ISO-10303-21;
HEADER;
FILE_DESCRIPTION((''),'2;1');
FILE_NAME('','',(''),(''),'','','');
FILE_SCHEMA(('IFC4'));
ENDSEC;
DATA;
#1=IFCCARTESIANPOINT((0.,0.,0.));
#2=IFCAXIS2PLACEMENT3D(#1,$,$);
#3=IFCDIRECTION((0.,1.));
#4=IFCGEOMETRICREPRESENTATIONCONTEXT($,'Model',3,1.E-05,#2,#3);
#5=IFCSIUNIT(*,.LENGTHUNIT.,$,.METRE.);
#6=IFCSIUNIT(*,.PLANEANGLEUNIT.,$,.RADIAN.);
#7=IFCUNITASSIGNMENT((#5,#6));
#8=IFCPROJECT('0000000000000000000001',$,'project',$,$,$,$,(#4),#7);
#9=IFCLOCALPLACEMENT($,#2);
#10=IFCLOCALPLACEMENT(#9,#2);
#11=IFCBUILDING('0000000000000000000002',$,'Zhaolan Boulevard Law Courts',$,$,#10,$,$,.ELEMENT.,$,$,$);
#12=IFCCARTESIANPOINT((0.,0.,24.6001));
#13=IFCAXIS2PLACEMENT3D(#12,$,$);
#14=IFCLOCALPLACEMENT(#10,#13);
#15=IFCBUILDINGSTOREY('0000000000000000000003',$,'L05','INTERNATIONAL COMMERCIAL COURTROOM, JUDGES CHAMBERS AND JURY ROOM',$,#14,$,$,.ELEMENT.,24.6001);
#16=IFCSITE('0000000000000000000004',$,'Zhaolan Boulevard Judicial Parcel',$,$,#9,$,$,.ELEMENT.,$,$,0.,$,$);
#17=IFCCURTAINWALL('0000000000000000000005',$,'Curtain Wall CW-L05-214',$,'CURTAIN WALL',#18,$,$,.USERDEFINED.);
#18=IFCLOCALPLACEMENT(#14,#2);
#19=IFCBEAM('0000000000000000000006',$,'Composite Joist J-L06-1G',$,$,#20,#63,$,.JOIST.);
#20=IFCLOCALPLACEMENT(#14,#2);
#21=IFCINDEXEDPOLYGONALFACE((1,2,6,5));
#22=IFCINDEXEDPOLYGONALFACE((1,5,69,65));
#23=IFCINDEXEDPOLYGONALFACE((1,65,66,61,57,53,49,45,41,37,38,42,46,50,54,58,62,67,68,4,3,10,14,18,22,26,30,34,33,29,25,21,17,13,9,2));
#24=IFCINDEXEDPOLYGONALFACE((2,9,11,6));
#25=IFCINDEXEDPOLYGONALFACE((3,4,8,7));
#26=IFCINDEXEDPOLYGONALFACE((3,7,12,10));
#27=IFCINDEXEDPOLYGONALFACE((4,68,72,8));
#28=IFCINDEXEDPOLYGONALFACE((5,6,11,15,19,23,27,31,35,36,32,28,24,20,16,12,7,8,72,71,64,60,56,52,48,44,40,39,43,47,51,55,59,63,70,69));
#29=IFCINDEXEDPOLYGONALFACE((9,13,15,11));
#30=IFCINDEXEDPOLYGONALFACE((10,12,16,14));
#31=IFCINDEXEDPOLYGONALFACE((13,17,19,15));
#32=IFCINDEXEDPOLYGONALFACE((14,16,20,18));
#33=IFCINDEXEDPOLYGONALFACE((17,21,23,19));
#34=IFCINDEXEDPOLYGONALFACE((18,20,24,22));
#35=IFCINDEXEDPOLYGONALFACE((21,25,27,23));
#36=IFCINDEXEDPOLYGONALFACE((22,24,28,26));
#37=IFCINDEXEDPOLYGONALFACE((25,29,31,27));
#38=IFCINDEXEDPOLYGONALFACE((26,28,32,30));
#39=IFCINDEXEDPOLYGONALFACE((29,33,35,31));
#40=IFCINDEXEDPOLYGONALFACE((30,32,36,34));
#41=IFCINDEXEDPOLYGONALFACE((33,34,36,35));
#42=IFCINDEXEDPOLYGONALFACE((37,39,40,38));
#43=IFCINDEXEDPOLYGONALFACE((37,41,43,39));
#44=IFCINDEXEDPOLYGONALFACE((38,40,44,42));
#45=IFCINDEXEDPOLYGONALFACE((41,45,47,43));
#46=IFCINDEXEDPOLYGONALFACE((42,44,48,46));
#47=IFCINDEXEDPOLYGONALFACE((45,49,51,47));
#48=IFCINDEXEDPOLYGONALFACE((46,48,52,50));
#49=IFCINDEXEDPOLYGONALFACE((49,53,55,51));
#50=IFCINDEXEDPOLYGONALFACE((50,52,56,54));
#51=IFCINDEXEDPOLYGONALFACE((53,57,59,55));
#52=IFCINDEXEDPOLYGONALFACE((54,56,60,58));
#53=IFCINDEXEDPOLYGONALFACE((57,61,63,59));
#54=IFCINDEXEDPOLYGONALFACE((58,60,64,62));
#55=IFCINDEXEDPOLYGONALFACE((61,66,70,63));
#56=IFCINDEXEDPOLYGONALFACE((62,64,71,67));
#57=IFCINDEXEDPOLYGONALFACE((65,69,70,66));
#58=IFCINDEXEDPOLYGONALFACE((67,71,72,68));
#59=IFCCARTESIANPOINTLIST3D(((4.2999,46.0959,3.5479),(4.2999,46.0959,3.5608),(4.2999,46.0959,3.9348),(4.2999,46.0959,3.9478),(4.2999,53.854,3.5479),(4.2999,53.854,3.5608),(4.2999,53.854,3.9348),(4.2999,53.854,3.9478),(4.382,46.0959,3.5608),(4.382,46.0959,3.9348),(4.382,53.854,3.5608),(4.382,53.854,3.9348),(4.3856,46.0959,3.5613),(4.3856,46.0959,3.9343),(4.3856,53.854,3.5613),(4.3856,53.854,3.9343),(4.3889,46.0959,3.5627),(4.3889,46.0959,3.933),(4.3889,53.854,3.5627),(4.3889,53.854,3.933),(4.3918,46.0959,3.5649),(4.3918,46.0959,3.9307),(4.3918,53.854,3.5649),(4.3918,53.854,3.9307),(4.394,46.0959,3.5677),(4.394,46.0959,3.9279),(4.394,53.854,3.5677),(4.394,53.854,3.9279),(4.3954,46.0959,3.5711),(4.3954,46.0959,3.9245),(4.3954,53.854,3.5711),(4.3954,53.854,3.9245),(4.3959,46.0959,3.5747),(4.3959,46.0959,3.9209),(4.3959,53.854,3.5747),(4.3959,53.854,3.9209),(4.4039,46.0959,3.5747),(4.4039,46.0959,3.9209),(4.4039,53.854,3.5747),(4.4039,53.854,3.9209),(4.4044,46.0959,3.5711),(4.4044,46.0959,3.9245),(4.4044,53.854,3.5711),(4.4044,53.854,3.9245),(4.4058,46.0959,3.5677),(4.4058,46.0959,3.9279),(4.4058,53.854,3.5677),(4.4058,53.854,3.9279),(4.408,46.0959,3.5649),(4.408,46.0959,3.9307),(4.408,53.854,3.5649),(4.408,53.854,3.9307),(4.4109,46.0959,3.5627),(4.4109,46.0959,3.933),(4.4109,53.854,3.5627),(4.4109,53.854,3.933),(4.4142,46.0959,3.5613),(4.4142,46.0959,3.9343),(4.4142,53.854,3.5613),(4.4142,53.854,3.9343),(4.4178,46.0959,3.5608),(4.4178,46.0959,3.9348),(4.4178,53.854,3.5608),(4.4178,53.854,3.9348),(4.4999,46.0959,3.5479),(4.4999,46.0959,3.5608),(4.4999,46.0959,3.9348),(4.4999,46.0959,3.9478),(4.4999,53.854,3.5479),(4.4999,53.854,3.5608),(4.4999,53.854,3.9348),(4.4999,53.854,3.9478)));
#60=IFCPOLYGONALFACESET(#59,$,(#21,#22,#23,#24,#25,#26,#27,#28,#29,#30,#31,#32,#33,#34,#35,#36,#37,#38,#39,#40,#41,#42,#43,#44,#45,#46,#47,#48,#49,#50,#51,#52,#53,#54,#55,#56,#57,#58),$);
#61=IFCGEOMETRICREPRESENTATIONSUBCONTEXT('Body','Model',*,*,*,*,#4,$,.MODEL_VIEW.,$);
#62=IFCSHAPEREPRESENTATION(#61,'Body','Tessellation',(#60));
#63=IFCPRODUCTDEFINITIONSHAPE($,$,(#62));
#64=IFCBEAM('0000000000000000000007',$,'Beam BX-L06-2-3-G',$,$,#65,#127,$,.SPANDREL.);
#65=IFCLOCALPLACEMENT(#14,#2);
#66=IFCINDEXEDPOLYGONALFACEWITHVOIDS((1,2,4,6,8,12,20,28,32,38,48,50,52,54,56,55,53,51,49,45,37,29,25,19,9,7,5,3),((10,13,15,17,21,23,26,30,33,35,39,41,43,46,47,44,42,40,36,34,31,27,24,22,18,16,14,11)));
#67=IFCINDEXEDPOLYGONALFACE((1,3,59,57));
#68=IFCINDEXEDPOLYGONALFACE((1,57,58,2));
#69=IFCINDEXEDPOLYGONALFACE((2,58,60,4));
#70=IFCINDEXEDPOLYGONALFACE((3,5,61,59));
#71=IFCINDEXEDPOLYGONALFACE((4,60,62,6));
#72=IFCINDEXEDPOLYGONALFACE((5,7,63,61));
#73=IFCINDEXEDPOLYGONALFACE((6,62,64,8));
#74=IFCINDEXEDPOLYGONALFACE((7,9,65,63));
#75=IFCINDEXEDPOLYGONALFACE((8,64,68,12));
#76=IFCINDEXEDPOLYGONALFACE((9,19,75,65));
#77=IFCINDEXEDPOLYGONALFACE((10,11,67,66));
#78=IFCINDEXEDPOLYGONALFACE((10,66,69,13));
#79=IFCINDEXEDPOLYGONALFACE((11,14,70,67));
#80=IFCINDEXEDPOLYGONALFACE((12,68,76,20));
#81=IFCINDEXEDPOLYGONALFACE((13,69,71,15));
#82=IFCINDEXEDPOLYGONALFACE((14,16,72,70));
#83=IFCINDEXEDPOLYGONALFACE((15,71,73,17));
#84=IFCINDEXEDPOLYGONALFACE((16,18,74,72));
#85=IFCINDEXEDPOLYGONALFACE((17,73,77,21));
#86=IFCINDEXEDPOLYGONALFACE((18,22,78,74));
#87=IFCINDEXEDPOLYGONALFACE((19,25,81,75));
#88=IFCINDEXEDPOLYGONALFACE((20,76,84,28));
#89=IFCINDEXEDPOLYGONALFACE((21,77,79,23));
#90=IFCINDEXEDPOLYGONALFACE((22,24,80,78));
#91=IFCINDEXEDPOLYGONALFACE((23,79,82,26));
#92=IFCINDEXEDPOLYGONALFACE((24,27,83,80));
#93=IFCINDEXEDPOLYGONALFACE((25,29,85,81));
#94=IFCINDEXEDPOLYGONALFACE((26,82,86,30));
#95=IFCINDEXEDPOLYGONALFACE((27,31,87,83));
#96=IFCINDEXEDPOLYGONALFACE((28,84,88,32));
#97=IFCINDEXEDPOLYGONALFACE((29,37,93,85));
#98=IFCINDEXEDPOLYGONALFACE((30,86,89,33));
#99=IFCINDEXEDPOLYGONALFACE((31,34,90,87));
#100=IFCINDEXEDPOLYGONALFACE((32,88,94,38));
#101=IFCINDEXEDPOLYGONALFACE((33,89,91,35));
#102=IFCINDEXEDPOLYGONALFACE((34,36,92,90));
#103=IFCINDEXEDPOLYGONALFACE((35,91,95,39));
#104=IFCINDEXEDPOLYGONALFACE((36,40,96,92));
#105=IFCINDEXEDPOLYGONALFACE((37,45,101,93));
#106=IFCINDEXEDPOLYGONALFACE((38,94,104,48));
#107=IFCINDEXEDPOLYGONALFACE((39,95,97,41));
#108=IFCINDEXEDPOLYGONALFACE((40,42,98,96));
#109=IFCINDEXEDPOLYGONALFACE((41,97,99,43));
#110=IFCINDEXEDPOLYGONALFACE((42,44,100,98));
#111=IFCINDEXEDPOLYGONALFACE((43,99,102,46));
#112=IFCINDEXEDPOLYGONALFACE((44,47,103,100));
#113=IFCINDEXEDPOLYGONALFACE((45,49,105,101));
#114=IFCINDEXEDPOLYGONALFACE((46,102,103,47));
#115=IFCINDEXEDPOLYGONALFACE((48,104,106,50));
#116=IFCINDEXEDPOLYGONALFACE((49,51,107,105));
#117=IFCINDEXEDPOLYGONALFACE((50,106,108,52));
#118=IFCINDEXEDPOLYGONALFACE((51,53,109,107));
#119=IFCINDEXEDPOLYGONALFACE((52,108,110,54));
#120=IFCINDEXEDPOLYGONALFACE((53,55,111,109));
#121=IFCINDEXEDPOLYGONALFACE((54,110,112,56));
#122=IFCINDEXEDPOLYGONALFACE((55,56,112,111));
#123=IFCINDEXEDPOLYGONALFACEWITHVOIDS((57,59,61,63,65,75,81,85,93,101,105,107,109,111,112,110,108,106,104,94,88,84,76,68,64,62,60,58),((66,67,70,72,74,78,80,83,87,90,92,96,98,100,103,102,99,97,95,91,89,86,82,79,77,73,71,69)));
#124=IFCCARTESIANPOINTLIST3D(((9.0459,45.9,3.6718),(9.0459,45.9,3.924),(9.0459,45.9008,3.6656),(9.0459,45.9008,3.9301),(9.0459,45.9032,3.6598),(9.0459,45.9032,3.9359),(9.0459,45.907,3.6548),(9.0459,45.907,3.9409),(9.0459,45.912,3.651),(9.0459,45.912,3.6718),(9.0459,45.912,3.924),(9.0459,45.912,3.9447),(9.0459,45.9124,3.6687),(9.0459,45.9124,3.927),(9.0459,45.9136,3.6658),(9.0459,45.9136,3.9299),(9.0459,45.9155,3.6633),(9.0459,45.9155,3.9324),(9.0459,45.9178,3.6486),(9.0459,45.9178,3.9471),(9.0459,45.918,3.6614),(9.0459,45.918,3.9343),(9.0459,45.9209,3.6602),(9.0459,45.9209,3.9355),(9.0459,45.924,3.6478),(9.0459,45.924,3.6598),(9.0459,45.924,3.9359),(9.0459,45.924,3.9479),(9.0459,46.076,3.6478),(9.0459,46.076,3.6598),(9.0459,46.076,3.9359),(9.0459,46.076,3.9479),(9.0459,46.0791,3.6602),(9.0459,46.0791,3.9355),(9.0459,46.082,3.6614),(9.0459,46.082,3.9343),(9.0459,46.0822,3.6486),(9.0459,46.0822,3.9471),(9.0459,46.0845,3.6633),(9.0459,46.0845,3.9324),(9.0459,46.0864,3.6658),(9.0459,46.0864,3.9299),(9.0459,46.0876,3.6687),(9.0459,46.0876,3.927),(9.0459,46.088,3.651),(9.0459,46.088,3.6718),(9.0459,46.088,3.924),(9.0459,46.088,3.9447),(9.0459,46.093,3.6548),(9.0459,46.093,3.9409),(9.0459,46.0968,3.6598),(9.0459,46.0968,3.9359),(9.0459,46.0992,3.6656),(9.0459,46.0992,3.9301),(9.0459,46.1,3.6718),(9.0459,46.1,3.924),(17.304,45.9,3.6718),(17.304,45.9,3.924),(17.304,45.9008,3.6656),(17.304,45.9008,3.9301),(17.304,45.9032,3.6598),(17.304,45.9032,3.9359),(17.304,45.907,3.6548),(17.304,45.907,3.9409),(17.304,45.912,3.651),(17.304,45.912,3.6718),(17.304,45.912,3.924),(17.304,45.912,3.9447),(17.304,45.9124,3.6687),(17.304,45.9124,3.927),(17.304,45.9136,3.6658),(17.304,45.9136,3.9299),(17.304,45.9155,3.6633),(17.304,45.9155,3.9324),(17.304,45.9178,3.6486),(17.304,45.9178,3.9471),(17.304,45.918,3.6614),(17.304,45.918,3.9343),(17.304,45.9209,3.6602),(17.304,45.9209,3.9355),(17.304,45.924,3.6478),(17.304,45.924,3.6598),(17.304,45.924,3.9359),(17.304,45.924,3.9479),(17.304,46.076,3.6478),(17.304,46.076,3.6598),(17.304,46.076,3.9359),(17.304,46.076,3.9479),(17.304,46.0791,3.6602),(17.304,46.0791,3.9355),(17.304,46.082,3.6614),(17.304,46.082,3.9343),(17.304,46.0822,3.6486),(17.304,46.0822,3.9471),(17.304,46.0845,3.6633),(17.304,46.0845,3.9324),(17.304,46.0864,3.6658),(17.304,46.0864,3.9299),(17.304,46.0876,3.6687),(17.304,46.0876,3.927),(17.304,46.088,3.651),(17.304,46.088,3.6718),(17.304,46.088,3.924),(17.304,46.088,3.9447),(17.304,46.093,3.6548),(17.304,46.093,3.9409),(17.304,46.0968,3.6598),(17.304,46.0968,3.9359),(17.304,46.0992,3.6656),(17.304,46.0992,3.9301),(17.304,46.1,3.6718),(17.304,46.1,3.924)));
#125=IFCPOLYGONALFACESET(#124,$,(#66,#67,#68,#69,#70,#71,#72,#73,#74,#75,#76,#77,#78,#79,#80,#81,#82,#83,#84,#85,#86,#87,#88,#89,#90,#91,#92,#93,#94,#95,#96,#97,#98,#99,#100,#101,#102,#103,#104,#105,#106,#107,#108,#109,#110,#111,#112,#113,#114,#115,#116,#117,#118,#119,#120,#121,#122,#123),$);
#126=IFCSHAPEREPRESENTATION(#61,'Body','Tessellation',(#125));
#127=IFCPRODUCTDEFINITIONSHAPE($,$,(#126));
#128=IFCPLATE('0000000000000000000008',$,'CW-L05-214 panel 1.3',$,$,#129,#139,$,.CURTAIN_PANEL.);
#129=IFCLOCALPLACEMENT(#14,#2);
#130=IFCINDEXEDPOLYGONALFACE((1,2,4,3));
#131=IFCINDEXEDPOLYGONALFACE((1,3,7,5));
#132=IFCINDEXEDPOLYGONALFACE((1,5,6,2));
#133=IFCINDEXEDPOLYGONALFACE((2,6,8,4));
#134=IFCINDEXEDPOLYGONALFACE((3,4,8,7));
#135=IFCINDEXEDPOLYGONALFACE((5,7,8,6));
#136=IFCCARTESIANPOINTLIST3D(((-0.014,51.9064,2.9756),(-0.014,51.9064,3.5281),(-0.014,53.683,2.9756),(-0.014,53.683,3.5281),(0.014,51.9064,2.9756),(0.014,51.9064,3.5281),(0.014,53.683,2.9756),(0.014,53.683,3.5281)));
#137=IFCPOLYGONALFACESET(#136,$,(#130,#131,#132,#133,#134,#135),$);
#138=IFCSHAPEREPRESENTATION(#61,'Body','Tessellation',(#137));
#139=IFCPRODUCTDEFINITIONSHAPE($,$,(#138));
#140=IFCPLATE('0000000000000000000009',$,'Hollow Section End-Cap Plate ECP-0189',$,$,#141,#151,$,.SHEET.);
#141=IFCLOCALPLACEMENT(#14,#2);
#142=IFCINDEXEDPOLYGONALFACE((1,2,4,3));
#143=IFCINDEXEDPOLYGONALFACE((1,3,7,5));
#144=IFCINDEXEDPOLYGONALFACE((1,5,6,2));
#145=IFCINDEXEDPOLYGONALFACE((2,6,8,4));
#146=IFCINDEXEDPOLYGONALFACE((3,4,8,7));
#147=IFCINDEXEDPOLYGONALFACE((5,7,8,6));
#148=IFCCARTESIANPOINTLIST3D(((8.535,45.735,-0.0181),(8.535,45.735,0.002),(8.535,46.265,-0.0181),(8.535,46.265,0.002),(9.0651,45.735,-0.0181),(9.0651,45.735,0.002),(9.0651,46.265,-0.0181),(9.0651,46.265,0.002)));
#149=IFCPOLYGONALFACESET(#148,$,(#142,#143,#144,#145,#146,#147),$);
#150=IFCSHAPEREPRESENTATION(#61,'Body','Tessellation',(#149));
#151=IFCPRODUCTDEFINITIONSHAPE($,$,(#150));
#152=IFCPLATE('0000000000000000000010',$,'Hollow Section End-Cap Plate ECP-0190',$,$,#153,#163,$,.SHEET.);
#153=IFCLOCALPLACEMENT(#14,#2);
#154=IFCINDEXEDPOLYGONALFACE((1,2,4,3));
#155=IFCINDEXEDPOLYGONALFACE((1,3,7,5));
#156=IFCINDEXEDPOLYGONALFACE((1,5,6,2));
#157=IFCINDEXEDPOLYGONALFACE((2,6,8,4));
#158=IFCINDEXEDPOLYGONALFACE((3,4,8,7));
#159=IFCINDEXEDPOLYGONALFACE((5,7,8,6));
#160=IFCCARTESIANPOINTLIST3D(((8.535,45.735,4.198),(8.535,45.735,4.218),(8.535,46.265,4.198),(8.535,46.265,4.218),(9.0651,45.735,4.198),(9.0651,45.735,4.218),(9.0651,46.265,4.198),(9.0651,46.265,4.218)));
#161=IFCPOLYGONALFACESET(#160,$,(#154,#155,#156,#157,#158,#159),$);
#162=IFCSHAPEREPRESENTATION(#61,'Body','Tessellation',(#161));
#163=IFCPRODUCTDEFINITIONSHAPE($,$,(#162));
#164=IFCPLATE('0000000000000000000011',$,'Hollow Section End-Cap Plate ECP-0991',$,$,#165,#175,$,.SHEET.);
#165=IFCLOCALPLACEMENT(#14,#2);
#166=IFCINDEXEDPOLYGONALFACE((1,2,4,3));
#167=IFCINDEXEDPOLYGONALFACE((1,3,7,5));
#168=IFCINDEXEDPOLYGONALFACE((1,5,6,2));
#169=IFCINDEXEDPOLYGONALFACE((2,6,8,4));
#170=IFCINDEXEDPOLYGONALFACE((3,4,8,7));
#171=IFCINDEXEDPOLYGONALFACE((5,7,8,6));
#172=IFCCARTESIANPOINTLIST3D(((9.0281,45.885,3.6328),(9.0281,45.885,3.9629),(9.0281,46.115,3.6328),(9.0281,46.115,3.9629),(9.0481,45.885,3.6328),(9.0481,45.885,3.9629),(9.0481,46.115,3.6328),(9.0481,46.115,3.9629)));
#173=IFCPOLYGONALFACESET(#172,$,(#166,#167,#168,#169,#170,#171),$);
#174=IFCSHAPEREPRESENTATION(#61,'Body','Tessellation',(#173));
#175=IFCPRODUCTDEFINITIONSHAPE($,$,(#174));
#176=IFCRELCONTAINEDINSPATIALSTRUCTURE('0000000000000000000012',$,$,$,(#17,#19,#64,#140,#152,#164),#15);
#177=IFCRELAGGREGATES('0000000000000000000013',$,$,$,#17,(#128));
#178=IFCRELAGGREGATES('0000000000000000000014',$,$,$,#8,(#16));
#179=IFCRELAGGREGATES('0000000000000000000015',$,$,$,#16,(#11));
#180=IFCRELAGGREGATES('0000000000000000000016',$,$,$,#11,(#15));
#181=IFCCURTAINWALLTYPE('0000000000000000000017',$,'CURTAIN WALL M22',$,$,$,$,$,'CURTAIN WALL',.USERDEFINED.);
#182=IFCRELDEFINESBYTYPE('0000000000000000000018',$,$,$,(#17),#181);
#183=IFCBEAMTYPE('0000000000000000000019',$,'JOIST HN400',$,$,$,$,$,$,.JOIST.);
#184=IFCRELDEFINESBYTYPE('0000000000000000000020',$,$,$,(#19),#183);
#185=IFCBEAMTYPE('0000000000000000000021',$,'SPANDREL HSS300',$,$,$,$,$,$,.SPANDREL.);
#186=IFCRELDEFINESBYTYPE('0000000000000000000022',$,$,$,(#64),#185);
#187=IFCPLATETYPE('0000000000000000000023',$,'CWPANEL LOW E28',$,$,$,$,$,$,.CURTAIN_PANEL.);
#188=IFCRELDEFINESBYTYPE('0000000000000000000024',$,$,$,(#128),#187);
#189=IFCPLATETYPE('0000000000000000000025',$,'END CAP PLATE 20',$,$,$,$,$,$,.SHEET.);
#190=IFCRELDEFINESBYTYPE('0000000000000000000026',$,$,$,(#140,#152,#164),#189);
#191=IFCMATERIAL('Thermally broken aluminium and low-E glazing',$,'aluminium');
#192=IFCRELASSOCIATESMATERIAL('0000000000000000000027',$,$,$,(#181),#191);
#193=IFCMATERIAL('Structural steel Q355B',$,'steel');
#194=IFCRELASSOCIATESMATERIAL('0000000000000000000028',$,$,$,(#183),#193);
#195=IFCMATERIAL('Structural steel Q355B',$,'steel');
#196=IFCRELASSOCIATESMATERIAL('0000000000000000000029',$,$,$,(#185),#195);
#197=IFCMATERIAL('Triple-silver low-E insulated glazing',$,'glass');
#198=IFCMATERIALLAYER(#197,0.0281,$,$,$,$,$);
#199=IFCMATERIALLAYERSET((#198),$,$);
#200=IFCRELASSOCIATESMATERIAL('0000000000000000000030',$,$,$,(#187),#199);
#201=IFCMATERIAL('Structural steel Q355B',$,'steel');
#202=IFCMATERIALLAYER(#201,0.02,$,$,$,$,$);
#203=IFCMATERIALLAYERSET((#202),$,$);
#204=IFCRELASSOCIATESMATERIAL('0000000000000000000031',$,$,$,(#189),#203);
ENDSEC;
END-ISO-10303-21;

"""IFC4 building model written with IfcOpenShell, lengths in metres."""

from ifc_helpers import new_model, si_unit, direction, frame, origin, origin_2d, place, context, subcontext, project, spatial, rectangle, hollow_rectangle, i_section, extrude, material, layer, layer_set, material_profile, profile_set, type_object, element, aggregate, save


model = new_model("IFC4")

# Units and contexts
model_context = context("Model", 3, precision=1e-05, world=origin(), true_north=direction((0.0, 1.0)))
body_context = subcontext(model_context, "Body", "Model", "MODEL_VIEW")
ifc_project = project(units=[si_unit("LENGTHUNIT", "METRE"), si_unit("PLANEANGLEUNIT", "RADIAN")], contexts=[model_context])

# Site, building, storey
site_placement = place(None, origin())
site = spatial("IfcSite", under=ifc_project, at=site_placement, Name="Zhaolan Boulevard Judicial Parcel", CompositionType="ELEMENT", RefElevation=0.0)
building_placement = place(site_placement, origin())
building = spatial("IfcBuilding", under=site, at=building_placement, Name="Zhaolan Boulevard Law Courts", CompositionType="ELEMENT")
storey_placement = place(building_placement, frame((0.0, 0.0, 24.6001)))
storey = spatial("IfcBuildingStorey", under=building, at=storey_placement, Name="L05", Description="INTERNATIONAL COMMERCIAL COURTROOM, JUDGES CHAMBERS AND JURY ROOM", CompositionType="ELEMENT", Elevation=24.6001)

# Curtain wall
ifc_material_1 = material(Name="Thermally broken aluminium and low-E glazing", Category="aluminium")
curtain_wall_type = type_object("IfcCurtainWallType", Name="CURTAIN WALL M22", ElementType="CURTAIN WALL", PredefinedType="USERDEFINED", material=ifc_material_1)
curtain_wall_placement = place(storey_placement, origin())
curtain_wall = element("IfcCurtainWall", 1, at=curtain_wall_placement, inside=storey, type_object=curtain_wall_type, Name="Curtain Wall CW-L05-214", ObjectType="CURTAIN WALL", PredefinedType="USERDEFINED")

# Beams
ifc_material_2 = material(Name="Structural steel Q355B", Category="steel")
ifc_material_profile_1 = material_profile(ifc_material_2, i_section(OverallWidth=0.2, OverallDepth=0.3999, WebThickness=0.0081, FlangeThickness=0.0129, FilletRadius=0.0139, at=origin_2d()), Name="HN400x200")
ifc_profile_set_1 = profile_set([ifc_material_profile_1], Name="Structural steel Q355B")
beam_type_1 = type_object("IfcBeamType", Name="JOIST HN400", PredefinedType="JOIST", material=ifc_profile_set_1)
beam_1_placement = place(storey_placement, frame((4.3999, 46.0959, 3.7478), z_axis=(0.0, 1.0, 0.0), x_axis=(-1.0, 0.0, 0.0)))
element("IfcBeam", 2, at=beam_1_placement, inside=storey, type_object=beam_type_1, Name="Composite Joist J-L06-1G", PredefinedType="JOIST", context=body_context, shape_type="SweptSolid", body=[
    extrude(i_section(OverallWidth=0.2, OverallDepth=0.3999, WebThickness=0.0081, FlangeThickness=0.0129, FilletRadius=0.0139, at=origin_2d()), origin(), (0.0, 0.0, 1.0), 7.7581),
])
ifc_material_3 = material(Name="Structural steel Q355B", Category="steel")
ifc_material_profile_2 = material_profile(ifc_material_3, hollow_rectangle(XDim=0.2, YDim=0.3, WallThickness=0.012, InnerFilletRadius=0.012, OuterFilletRadius=0.0239, at=origin_2d()), Name="HSS300x200x12")
ifc_profile_set_2 = profile_set([ifc_material_profile_2], Name="Structural steel Q355B")
beam_type_2 = type_object("IfcBeamType", Name="SPANDREL HSS300", PredefinedType="SPANDREL", material=ifc_profile_set_2)
beam_2_placement = place(storey_placement, frame((9.0459, 46.0, 3.7979), z_axis=(1.0, 0.0, 0.0), x_axis=(0.0, 1.0, 0.0)))
element("IfcBeam", 3, at=beam_2_placement, inside=storey, type_object=beam_type_2, Name="Beam BX-L06-2-3-G", PredefinedType="SPANDREL", context=body_context, shape_type="SweptSolid", body=[
    extrude(hollow_rectangle(XDim=0.2, YDim=0.3, WallThickness=0.012, InnerFilletRadius=0.012, OuterFilletRadius=0.0239, at=origin_2d()), origin(), (0.0, 0.0, 1.0), 8.2581),
])

# Plate
ifc_material_4 = material(Name="Triple-silver low-E insulated glazing", Category="glass")
ifc_layer_1 = layer(ifc_material_4, 0.0281)
ifc_layer_set_1 = layer_set([ifc_layer_1])
plate_type_1 = type_object("IfcPlateType", Name="CWPANEL LOW E28", PredefinedType="CURTAIN_PANEL", material=ifc_layer_set_1)
plate_1_placement = place(storey_placement, frame((0.0, 52.7947, 2.9756), z_axis=(0.0, 0.0, 1.0), x_axis=(0.0, -1.0, 0.0)))
plate_1 = element("IfcPlate", 4, at=plate_1_placement, type_object=plate_type_1, Name="CW-L05-214 panel 1.3", PredefinedType="CURTAIN_PANEL", context=body_context, shape_type="SweptSolid", body=[
    extrude(rectangle(XDim=1.7766, YDim=0.0281, at=origin_2d()), origin(), (0.0, 0.0, 1.0), 0.5525),
])
aggregate(curtain_wall, [plate_1])

# Plates
ifc_material_5 = material(Name="Structural steel Q355B", Category="steel")
ifc_layer_2 = layer(ifc_material_5, 0.02)
ifc_layer_set_2 = layer_set([ifc_layer_2])
plate_type_2 = type_object("IfcPlateType", Name="END CAP PLATE 20", PredefinedType="SHEET", material=ifc_layer_set_2)
for number, where, z_axis, x_axis, name in (
    (5, (8.8, 46.0, -0.0181), (0.0, 0.0, 1.0), (1.0, 0.0, 0.0), "Hollow Section End-Cap Plate ECP-0189"),
    (6, (8.8, 46.0, 4.198), (0.0, 0.0, 1.0), (1.0, 0.0, 0.0), "Hollow Section End-Cap Plate ECP-0190"),
):
    element("IfcPlate", number, at=place(storey_placement, frame(where, z_axis=z_axis, x_axis=x_axis)), inside=storey, type_object=plate_type_2, Name=name, PredefinedType="SHEET", context=body_context, shape_type="SweptSolid", body=[
        extrude(rectangle(XDim=0.53, YDim=0.53, at=origin_2d()), origin(), (0.0, 0.0, 1.0), 0.02),
    ])
plate_2_placement = place(storey_placement, frame((9.0381, 46.0, 3.6328), z_axis=(0.0, 0.0, 1.0), x_axis=(1.0, 0.0, 0.0)))
element("IfcPlate", 7, at=plate_2_placement, inside=storey, type_object=plate_type_2, Name="Hollow Section End-Cap Plate ECP-0991", PredefinedType="SHEET", context=body_context, shape_type="SweptSolid", body=[
    extrude(rectangle(XDim=0.02, YDim=0.23, at=origin_2d()), origin(), (0.0, 0.0, 1.0), 0.3301),
])

save(model, "model.ifc")
